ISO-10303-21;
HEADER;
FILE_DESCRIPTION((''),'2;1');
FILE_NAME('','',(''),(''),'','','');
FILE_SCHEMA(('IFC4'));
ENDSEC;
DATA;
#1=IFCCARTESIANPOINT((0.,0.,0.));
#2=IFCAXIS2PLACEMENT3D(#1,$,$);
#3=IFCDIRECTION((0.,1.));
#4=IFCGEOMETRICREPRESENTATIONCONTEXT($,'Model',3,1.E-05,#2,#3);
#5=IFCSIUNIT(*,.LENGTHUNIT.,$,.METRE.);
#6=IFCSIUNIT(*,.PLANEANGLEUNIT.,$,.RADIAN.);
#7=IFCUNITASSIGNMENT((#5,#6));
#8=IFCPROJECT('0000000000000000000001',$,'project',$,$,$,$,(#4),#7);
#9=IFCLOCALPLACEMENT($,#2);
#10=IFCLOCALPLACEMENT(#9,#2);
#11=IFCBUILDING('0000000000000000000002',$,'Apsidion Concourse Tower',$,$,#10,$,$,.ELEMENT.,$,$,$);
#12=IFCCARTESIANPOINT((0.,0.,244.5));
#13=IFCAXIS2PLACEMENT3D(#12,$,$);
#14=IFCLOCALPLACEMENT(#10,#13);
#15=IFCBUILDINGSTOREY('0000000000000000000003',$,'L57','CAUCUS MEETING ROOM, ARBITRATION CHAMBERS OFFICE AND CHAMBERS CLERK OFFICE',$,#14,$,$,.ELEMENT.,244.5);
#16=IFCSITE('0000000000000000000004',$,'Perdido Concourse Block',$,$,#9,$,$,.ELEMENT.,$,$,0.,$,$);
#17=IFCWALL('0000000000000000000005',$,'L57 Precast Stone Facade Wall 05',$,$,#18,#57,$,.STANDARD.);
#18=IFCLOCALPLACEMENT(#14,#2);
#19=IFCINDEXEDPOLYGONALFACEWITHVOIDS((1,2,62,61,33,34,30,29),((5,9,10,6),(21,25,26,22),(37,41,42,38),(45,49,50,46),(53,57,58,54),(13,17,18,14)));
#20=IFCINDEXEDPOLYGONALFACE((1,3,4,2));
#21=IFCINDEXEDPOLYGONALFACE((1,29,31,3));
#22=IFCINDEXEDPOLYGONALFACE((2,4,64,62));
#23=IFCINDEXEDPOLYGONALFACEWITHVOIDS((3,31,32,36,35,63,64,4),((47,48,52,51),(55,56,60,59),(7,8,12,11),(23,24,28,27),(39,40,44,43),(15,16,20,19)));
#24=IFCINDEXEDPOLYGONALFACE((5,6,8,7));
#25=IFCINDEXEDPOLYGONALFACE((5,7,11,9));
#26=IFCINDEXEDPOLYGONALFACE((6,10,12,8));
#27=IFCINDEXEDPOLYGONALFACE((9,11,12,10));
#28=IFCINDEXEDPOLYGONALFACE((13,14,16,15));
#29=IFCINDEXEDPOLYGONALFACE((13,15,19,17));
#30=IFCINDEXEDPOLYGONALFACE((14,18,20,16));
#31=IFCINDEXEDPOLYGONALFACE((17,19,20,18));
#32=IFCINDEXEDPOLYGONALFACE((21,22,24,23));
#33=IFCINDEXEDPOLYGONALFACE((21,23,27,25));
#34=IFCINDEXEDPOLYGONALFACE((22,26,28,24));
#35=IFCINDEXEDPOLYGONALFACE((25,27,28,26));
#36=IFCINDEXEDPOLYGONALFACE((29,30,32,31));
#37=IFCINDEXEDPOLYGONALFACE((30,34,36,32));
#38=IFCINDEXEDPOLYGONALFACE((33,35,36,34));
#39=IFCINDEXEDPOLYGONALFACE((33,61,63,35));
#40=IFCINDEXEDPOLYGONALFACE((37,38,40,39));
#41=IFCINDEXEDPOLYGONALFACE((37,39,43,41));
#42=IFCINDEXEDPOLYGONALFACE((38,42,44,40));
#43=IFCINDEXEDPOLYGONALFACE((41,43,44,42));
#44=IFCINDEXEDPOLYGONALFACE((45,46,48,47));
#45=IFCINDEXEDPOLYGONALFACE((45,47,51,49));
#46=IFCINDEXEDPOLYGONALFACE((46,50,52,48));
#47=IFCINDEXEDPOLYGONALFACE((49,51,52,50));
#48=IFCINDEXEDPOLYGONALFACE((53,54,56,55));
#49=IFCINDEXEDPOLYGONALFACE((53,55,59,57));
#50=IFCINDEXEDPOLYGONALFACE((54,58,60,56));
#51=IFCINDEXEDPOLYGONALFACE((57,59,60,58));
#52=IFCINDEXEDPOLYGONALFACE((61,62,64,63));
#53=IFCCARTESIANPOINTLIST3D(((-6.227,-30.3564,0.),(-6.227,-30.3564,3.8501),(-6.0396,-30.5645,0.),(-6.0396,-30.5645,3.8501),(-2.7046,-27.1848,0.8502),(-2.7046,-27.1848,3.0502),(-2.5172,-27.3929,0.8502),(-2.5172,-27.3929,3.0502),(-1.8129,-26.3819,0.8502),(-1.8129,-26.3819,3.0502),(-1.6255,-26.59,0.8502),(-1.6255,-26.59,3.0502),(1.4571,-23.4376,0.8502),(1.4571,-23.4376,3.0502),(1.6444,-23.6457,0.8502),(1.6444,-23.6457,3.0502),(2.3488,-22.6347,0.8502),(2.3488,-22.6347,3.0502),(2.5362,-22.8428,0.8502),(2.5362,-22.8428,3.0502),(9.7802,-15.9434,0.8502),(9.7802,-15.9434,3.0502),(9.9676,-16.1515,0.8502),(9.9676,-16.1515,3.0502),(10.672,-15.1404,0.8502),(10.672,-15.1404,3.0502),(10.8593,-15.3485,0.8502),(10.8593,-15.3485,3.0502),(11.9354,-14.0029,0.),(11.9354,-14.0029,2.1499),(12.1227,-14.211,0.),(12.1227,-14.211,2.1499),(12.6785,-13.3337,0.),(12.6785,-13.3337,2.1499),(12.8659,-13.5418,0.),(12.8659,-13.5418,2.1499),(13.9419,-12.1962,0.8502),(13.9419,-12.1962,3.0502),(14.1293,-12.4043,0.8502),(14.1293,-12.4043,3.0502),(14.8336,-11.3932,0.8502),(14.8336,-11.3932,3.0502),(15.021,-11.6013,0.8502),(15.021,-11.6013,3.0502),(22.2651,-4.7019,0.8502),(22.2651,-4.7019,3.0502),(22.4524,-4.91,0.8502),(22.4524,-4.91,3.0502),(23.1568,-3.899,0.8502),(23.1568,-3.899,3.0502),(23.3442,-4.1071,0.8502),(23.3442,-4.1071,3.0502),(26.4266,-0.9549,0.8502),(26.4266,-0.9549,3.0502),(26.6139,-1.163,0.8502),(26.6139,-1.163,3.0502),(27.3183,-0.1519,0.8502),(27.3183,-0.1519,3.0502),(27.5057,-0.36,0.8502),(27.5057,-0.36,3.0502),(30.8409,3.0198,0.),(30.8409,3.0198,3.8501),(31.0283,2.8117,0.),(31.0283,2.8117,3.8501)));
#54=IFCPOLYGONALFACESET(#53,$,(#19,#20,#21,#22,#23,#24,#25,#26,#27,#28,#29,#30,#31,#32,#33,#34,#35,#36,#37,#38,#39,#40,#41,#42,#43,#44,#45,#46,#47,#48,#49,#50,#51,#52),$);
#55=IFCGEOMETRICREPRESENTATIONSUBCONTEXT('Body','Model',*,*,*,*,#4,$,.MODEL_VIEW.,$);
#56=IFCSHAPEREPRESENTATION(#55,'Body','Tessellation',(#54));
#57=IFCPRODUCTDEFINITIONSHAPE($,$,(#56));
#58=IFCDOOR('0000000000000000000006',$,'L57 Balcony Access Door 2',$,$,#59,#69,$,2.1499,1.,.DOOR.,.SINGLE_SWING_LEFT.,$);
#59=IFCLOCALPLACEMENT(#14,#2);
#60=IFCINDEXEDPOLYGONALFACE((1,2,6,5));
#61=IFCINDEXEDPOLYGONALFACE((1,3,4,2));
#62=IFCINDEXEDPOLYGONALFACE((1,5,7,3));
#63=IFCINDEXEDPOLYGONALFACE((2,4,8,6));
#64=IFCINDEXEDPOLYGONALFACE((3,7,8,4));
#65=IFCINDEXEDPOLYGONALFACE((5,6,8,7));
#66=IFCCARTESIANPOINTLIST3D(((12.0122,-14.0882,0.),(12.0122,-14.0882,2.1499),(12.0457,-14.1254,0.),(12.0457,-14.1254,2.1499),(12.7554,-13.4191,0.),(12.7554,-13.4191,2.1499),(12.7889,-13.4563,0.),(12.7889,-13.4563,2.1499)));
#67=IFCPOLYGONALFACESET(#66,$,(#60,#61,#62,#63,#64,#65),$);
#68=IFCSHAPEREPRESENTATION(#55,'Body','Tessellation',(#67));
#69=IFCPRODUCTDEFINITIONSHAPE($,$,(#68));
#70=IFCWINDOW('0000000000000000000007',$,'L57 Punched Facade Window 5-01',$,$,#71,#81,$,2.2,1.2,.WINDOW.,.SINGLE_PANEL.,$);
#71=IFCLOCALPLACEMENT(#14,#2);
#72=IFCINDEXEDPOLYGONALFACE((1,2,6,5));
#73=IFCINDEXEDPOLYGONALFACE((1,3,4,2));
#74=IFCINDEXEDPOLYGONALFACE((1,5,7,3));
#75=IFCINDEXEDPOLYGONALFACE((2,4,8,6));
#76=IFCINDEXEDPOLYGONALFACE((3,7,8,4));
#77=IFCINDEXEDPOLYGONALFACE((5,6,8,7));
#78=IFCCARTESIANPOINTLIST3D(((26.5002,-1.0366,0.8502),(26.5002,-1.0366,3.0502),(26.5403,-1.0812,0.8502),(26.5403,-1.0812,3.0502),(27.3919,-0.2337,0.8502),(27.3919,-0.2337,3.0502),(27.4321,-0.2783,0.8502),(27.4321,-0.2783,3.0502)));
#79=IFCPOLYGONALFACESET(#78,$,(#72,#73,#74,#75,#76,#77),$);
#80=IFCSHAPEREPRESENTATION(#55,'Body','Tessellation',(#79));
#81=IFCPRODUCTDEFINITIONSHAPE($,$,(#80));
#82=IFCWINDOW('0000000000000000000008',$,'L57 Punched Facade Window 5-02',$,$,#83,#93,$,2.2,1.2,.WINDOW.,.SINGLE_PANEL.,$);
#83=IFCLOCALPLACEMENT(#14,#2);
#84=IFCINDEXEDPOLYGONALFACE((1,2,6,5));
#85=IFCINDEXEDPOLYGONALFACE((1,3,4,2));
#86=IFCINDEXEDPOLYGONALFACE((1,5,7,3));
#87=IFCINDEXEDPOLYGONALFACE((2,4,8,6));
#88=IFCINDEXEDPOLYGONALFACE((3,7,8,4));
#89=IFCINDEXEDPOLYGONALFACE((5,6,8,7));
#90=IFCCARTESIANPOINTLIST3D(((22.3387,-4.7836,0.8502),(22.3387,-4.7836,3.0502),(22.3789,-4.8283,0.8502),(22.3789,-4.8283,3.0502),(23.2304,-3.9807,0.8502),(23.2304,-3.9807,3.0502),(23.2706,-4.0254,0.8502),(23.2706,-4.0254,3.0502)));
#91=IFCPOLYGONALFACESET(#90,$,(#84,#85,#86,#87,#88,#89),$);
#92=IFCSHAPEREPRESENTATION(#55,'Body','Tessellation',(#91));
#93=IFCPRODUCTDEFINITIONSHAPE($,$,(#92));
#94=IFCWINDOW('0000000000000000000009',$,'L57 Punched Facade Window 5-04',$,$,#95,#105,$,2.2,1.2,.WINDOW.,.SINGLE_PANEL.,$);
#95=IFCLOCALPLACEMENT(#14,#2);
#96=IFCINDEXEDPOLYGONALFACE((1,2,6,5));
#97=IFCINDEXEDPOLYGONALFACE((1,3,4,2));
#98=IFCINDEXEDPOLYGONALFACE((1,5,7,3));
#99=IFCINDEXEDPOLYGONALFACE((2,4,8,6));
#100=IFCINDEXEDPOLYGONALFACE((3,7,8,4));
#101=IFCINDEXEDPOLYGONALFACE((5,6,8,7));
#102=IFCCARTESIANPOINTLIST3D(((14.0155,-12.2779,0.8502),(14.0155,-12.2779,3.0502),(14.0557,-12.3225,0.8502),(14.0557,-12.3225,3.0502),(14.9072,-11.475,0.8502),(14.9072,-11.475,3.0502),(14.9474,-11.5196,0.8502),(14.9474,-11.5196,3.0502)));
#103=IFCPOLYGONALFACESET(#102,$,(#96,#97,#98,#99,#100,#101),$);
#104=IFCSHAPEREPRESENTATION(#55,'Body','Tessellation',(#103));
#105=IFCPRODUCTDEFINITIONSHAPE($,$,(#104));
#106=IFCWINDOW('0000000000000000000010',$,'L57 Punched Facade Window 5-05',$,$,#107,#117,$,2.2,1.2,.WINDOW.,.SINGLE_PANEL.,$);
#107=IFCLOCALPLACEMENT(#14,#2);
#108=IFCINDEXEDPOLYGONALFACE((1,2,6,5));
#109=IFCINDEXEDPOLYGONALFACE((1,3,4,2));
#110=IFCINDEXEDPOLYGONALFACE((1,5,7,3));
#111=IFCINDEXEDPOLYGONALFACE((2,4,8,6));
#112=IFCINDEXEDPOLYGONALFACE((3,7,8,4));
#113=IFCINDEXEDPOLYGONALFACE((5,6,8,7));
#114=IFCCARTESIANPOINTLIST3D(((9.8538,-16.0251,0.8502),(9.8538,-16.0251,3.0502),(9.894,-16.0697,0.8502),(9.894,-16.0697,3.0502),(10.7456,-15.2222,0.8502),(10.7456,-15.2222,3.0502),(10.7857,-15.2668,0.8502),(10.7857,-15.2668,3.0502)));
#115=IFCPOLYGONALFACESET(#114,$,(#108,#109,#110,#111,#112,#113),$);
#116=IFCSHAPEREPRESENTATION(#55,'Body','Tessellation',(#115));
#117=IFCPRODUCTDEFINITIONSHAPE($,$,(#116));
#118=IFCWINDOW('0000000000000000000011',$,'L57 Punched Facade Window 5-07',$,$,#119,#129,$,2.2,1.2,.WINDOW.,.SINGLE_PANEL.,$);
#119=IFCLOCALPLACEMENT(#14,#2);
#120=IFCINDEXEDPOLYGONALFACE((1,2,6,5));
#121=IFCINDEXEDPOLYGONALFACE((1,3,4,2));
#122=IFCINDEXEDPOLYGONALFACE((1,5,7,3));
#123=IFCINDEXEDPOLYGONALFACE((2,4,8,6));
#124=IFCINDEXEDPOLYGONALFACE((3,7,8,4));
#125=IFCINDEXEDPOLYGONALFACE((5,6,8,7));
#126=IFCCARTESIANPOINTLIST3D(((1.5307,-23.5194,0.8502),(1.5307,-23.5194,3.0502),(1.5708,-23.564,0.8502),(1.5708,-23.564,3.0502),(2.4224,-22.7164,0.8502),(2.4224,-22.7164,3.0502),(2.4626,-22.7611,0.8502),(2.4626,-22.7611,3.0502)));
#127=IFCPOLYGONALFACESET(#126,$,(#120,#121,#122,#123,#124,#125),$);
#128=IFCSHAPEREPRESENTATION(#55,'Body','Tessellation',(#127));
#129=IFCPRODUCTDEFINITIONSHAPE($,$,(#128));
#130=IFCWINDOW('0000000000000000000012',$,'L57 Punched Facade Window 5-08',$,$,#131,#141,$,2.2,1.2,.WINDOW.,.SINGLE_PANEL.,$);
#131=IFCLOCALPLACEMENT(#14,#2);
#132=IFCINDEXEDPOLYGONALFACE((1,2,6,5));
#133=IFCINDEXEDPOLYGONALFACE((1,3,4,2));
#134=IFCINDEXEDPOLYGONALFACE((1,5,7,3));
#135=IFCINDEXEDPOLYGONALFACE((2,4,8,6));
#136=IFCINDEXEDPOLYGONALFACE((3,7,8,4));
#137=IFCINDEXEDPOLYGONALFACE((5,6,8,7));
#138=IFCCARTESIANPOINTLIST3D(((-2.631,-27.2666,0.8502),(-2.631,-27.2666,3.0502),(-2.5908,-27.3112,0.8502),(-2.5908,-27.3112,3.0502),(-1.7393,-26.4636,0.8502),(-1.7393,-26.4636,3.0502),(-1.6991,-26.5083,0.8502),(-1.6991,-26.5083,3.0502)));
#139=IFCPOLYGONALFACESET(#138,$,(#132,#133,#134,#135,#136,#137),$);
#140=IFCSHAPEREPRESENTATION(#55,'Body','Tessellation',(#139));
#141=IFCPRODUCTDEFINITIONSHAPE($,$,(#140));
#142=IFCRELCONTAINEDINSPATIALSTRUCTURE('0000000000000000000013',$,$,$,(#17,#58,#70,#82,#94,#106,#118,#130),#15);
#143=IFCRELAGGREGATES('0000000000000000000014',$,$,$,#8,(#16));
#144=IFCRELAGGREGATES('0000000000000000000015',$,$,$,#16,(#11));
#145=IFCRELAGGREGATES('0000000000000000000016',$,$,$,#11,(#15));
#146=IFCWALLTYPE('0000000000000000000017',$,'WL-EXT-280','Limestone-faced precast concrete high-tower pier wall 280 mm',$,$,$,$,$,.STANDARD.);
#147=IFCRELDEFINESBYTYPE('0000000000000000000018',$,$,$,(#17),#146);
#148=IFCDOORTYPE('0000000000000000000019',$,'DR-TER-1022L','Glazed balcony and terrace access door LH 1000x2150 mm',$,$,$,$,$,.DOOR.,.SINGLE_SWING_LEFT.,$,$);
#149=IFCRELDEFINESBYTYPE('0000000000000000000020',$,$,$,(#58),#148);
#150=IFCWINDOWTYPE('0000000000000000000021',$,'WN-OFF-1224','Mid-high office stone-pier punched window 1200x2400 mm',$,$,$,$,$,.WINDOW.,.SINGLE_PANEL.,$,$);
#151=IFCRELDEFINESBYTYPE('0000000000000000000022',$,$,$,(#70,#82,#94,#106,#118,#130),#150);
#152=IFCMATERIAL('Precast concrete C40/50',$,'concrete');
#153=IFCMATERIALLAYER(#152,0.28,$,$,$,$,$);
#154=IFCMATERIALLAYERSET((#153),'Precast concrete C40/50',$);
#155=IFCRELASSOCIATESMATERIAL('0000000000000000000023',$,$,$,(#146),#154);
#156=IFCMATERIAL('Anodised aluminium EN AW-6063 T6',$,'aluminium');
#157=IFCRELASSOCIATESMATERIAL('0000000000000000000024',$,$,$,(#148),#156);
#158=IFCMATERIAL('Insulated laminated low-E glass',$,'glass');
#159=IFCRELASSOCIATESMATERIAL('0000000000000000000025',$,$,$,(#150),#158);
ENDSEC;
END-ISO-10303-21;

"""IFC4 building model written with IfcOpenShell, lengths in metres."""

from ifc_helpers import new_model, si_unit, direction, frame, frame_2d, origin, place, context, subcontext, project, spatial, rectangle, extrude, material, layer, layer_set, type_object, element, fill, save


model = new_model("IFC4")

# Units and contexts
model_context = context("Model", 3, precision=1e-05, world=origin(), true_north=direction((0.0, 1.0)))
body_context = subcontext(model_context, "Body", "Model", "MODEL_VIEW")
ifc_project = project(units=[si_unit("LENGTHUNIT", "METRE"), si_unit("PLANEANGLEUNIT", "RADIAN")], contexts=[model_context])

# Site, building, storey
site_placement = place(None, origin())
site = spatial("IfcSite", under=ifc_project, at=site_placement, Name="Perdido Concourse Block", CompositionType="ELEMENT", RefElevation=0.0)
building_placement = place(site_placement, origin())
building = spatial("IfcBuilding", under=site, at=building_placement, Name="Apsidion Concourse Tower", CompositionType="ELEMENT")
storey_placement = place(building_placement, frame((0.0, 0.0, 244.5)))
storey = spatial("IfcBuildingStorey", under=building, at=storey_placement, Name="L57", Description="CAUCUS MEETING ROOM, ARBITRATION CHAMBERS OFFICE AND CHAMBERS CLERK OFFICE", CompositionType="ELEMENT", Elevation=244.5)

# Shared definitions
ifc_material_1 = material(Name="Precast concrete C40/50", Category="concrete")
ifc_layer_1 = layer(ifc_material_1, 0.28)
ifc_layer_set_1 = layer_set([ifc_layer_1], Name="Precast concrete C40/50")
wall_type_1 = type_object("IfcWallType", Name="WL-EXT-280", Description="Limestone-faced precast concrete high-tower pier wall 280 mm", PredefinedType="STANDARD", material=ifc_layer_set_1)

# Wall, openings, door, windows
wall_1_placement = place(storey_placement, frame((30.9346, 2.9158, 0.0), z_axis=(0.0, 0.0, 1.0), x_axis=(-0.743143, -0.669132, 0.0)))
wall_1 = element("IfcWall", 1, at=wall_1_placement, inside=storey, type_object=wall_type_1, Name="L57 Precast Stone Facade Wall 05", PredefinedType="STANDARD", context=body_context, shape_type="SweptSolid", body=[
    extrude(rectangle(XDim=49.8799, YDim=0.28, at=frame_2d((24.9399, 0.0))), origin(), (0.0, 0.0, 1.0), 3.8501),
])
opening_1_placement = place(wall_1_placement, frame((24.4399, 0.0, 0.0)))
opening_1 = element("IfcOpeningElement", 2, at=opening_1_placement, cuts=wall_1, PredefinedType="OPENING", context=body_context, shape_type="SweptSolid", body=[
    extrude(rectangle(XDim=1.0, YDim=2.1499, at=frame_2d((0.5, 1.075))), frame((0.0, 0.1499, 0.0), z_axis=(0.0, -1.0, 0.0), x_axis=(1.0, 0.0, 0.0)), (0.0, 0.0, 1.0), 0.3),
])
opening_2_placement = place(wall_1_placement, frame((4.74, 0.0, 0.8501)))
opening_2 = element("IfcOpeningElement", 3, at=opening_2_placement, cuts=wall_1, PredefinedType="OPENING", context=body_context, shape_type="SweptSolid", body=[
    extrude(rectangle(XDim=1.2, YDim=2.2, at=frame_2d((0.6001, 1.1001))), frame((0.0, 0.1499, 0.0), z_axis=(0.0, -1.0, 0.0), x_axis=(1.0, 0.0, 0.0)), (0.0, 0.0, 1.0), 0.3),
])
opening_3_placement = place(wall_1_placement, frame((10.3398, 0.0, 0.8501)))
opening_3 = element("IfcOpeningElement", 4, at=opening_3_placement, cuts=wall_1, PredefinedType="OPENING", context=body_context, shape_type="SweptSolid", body=[
    extrude(rectangle(XDim=1.2, YDim=2.2, at=frame_2d((0.6001, 1.1001))), frame((0.0, 0.1499, 0.0), z_axis=(0.0, -1.0, 0.0), x_axis=(1.0, 0.0, 0.0)), (0.0, 0.0, 1.0), 0.3),
])
opening_4_placement = place(wall_1_placement, frame((21.5398, 0.0, 0.8501)))
opening_4 = element("IfcOpeningElement", 5, at=opening_4_placement, cuts=wall_1, PredefinedType="OPENING", context=body_context, shape_type="SweptSolid", body=[
    extrude(rectangle(XDim=1.2, YDim=2.2, at=frame_2d((0.6001, 1.1001))), frame((0.0, 0.1499, 0.0), z_axis=(0.0, -1.0, 0.0), x_axis=(1.0, 0.0, 0.0)), (0.0, 0.0, 1.0), 0.3),
])
opening_5_placement = place(wall_1_placement, frame((27.1399, 0.0, 0.8501)))
opening_5 = element("IfcOpeningElement", 6, at=opening_5_placement, cuts=wall_1, PredefinedType="OPENING", context=body_context, shape_type="SweptSolid", body=[
    extrude(rectangle(XDim=1.2, YDim=2.2, at=frame_2d((0.6001, 1.1001))), frame((0.0, 0.1499, 0.0), z_axis=(0.0, -1.0, 0.0), x_axis=(1.0, 0.0, 0.0)), (0.0, 0.0, 1.0), 0.3),
])
opening_6_placement = place(wall_1_placement, frame((38.3398, 0.0, 0.8501)))
opening_6 = element("IfcOpeningElement", 7, at=opening_6_placement, cuts=wall_1, PredefinedType="OPENING", context=body_context, shape_type="SweptSolid", body=[
    extrude(rectangle(XDim=1.2, YDim=2.2, at=frame_2d((0.6001, 1.1001))), frame((0.0, 0.1499, 0.0), z_axis=(0.0, -1.0, 0.0), x_axis=(1.0, 0.0, 0.0)), (0.0, 0.0, 1.0), 0.3),
])
opening_7_placement = place(wall_1_placement, frame((43.9399, 0.0, 0.8501)))
opening_7 = element("IfcOpeningElement", 8, at=opening_7_placement, cuts=wall_1, PredefinedType="OPENING", context=body_context, shape_type="SweptSolid", body=[
    extrude(rectangle(XDim=1.2, YDim=2.2, at=frame_2d((0.6001, 1.1001))), frame((0.0, 0.1499, 0.0), z_axis=(0.0, -1.0, 0.0), x_axis=(1.0, 0.0, 0.0)), (0.0, 0.0, 1.0), 0.3),
])
ifc_material_2 = material(Name="Anodised aluminium EN AW-6063 T6", Category="aluminium")
door_type_1 = type_object("IfcDoorType", Name="DR-TER-1022L", Description="Glazed balcony and terrace access door LH 1000x2150 mm", OperationType="SINGLE_SWING_LEFT", PredefinedType="DOOR", material=ifc_material_2)
door_1_placement = place(opening_1_placement, origin())
door_1 = element("IfcDoor", 9, at=door_1_placement, inside=storey, type_object=door_type_1, Name="L57 Balcony Access Door 2", OperationType="SINGLE_SWING_LEFT", OverallHeight=2.1499, OverallWidth=1.0, PredefinedType="DOOR", context=body_context, shape_type="SweptSolid", body=[
    extrude(rectangle(XDim=1.0, YDim=2.1499, at=frame_2d((0.5, 1.075))), frame((0.0, 0.0249, 0.0), z_axis=(0.0, -1.0, 0.0), x_axis=(1.0, 0.0, 0.0)), (0.0, 0.0, 1.0), 0.05),
])
fill(opening_1, door_1)
ifc_material_3 = material(Name="Insulated laminated low-E glass", Category="glass")
window_type = type_object("IfcWindowType", Name="WN-OFF-1224", Description="Mid-high office stone-pier punched window 1200x2400 mm", PartitioningType="SINGLE_PANEL", PredefinedType="WINDOW", material=ifc_material_3)
window_1_placement = place(opening_2_placement, origin())
window_1 = element("IfcWindow", 10, at=window_1_placement, inside=storey, type_object=window_type, Name="L57 Punched Facade Window 5-01", OverallHeight=2.2, OverallWidth=1.2, PartitioningType="SINGLE_PANEL", PredefinedType="WINDOW", context=body_context, shape_type="SweptSolid", body=[
    extrude(rectangle(XDim=1.2, YDim=2.2, at=frame_2d((0.6001, 1.1001))), frame((0.0, 0.03, 0.0), z_axis=(0.0, -1.0, 0.0), x_axis=(1.0, 0.0, 0.0)), (0.0, 0.0, 1.0), 0.0601),
])
fill(opening_2, window_1)
window_2_placement = place(opening_3_placement, origin())
window_2 = element("IfcWindow", 11, at=window_2_placement, inside=storey, type_object=window_type, Name="L57 Punched Facade Window 5-02", OverallHeight=2.2, OverallWidth=1.2, PartitioningType="SINGLE_PANEL", PredefinedType="WINDOW", context=body_context, shape_type="SweptSolid", body=[
    extrude(rectangle(XDim=1.2, YDim=2.2, at=frame_2d((0.6001, 1.1001))), frame((0.0, 0.03, 0.0), z_axis=(0.0, -1.0, 0.0), x_axis=(1.0, 0.0, 0.0)), (0.0, 0.0, 1.0), 0.0601),
])
fill(opening_3, window_2)
window_3_placement = place(opening_4_placement, origin())
window_3 = element("IfcWindow", 12, at=window_3_placement, inside=storey, type_object=window_type, Name="L57 Punched Facade Window 5-04", OverallHeight=2.2, OverallWidth=1.2, PartitioningType="SINGLE_PANEL", PredefinedType="WINDOW", context=body_context, shape_type="SweptSolid", body=[
    extrude(rectangle(XDim=1.2, YDim=2.2, at=frame_2d((0.6001, 1.1001))), frame((0.0, 0.03, 0.0), z_axis=(0.0, -1.0, 0.0), x_axis=(1.0, 0.0, 0.0)), (0.0, 0.0, 1.0), 0.0601),
])
fill(opening_4, window_3)
window_4_placement = place(opening_5_placement, origin())
window_4 = element("IfcWindow", 13, at=window_4_placement, inside=storey, type_object=window_type, Name="L57 Punched Facade Window 5-05", OverallHeight=2.2, OverallWidth=1.2, PartitioningType="SINGLE_PANEL", PredefinedType="WINDOW", context=body_context, shape_type="SweptSolid", body=[
    extrude(rectangle(XDim=1.2, YDim=2.2, at=frame_2d((0.6001, 1.1001))), frame((0.0, 0.03, 0.0), z_axis=(0.0, -1.0, 0.0), x_axis=(1.0, 0.0, 0.0)), (0.0, 0.0, 1.0), 0.0601),
])
fill(opening_5, window_4)
window_5_placement = place(opening_6_placement, origin())
window_5 = element("IfcWindow", 14, at=window_5_placement, inside=storey, type_object=window_type, Name="L57 Punched Facade Window 5-07", OverallHeight=2.2, OverallWidth=1.2, PartitioningType="SINGLE_PANEL", PredefinedType="WINDOW", context=body_context, shape_type="SweptSolid", body=[
    extrude(rectangle(XDim=1.2, YDim=2.2, at=frame_2d((0.6001, 1.1001))), frame((0.0, 0.03, 0.0), z_axis=(0.0, -1.0, 0.0), x_axis=(1.0, 0.0, 0.0)), (0.0, 0.0, 1.0), 0.0601),
])
fill(opening_6, window_5)
window_6_placement = place(opening_7_placement, origin())
window_6 = element("IfcWindow", 15, at=window_6_placement, inside=storey, type_object=window_type, Name="L57 Punched Facade Window 5-08", OverallHeight=2.2, OverallWidth=1.2, PartitioningType="SINGLE_PANEL", PredefinedType="WINDOW", context=body_context, shape_type="SweptSolid", body=[
    extrude(rectangle(XDim=1.2, YDim=2.2, at=frame_2d((0.6001, 1.1001))), frame((0.0, 0.03, 0.0), z_axis=(0.0, -1.0, 0.0), x_axis=(1.0, 0.0, 0.0)), (0.0, 0.0, 1.0), 0.0601),
])
fill(opening_7, window_6)

save(model, "model.ifc")
